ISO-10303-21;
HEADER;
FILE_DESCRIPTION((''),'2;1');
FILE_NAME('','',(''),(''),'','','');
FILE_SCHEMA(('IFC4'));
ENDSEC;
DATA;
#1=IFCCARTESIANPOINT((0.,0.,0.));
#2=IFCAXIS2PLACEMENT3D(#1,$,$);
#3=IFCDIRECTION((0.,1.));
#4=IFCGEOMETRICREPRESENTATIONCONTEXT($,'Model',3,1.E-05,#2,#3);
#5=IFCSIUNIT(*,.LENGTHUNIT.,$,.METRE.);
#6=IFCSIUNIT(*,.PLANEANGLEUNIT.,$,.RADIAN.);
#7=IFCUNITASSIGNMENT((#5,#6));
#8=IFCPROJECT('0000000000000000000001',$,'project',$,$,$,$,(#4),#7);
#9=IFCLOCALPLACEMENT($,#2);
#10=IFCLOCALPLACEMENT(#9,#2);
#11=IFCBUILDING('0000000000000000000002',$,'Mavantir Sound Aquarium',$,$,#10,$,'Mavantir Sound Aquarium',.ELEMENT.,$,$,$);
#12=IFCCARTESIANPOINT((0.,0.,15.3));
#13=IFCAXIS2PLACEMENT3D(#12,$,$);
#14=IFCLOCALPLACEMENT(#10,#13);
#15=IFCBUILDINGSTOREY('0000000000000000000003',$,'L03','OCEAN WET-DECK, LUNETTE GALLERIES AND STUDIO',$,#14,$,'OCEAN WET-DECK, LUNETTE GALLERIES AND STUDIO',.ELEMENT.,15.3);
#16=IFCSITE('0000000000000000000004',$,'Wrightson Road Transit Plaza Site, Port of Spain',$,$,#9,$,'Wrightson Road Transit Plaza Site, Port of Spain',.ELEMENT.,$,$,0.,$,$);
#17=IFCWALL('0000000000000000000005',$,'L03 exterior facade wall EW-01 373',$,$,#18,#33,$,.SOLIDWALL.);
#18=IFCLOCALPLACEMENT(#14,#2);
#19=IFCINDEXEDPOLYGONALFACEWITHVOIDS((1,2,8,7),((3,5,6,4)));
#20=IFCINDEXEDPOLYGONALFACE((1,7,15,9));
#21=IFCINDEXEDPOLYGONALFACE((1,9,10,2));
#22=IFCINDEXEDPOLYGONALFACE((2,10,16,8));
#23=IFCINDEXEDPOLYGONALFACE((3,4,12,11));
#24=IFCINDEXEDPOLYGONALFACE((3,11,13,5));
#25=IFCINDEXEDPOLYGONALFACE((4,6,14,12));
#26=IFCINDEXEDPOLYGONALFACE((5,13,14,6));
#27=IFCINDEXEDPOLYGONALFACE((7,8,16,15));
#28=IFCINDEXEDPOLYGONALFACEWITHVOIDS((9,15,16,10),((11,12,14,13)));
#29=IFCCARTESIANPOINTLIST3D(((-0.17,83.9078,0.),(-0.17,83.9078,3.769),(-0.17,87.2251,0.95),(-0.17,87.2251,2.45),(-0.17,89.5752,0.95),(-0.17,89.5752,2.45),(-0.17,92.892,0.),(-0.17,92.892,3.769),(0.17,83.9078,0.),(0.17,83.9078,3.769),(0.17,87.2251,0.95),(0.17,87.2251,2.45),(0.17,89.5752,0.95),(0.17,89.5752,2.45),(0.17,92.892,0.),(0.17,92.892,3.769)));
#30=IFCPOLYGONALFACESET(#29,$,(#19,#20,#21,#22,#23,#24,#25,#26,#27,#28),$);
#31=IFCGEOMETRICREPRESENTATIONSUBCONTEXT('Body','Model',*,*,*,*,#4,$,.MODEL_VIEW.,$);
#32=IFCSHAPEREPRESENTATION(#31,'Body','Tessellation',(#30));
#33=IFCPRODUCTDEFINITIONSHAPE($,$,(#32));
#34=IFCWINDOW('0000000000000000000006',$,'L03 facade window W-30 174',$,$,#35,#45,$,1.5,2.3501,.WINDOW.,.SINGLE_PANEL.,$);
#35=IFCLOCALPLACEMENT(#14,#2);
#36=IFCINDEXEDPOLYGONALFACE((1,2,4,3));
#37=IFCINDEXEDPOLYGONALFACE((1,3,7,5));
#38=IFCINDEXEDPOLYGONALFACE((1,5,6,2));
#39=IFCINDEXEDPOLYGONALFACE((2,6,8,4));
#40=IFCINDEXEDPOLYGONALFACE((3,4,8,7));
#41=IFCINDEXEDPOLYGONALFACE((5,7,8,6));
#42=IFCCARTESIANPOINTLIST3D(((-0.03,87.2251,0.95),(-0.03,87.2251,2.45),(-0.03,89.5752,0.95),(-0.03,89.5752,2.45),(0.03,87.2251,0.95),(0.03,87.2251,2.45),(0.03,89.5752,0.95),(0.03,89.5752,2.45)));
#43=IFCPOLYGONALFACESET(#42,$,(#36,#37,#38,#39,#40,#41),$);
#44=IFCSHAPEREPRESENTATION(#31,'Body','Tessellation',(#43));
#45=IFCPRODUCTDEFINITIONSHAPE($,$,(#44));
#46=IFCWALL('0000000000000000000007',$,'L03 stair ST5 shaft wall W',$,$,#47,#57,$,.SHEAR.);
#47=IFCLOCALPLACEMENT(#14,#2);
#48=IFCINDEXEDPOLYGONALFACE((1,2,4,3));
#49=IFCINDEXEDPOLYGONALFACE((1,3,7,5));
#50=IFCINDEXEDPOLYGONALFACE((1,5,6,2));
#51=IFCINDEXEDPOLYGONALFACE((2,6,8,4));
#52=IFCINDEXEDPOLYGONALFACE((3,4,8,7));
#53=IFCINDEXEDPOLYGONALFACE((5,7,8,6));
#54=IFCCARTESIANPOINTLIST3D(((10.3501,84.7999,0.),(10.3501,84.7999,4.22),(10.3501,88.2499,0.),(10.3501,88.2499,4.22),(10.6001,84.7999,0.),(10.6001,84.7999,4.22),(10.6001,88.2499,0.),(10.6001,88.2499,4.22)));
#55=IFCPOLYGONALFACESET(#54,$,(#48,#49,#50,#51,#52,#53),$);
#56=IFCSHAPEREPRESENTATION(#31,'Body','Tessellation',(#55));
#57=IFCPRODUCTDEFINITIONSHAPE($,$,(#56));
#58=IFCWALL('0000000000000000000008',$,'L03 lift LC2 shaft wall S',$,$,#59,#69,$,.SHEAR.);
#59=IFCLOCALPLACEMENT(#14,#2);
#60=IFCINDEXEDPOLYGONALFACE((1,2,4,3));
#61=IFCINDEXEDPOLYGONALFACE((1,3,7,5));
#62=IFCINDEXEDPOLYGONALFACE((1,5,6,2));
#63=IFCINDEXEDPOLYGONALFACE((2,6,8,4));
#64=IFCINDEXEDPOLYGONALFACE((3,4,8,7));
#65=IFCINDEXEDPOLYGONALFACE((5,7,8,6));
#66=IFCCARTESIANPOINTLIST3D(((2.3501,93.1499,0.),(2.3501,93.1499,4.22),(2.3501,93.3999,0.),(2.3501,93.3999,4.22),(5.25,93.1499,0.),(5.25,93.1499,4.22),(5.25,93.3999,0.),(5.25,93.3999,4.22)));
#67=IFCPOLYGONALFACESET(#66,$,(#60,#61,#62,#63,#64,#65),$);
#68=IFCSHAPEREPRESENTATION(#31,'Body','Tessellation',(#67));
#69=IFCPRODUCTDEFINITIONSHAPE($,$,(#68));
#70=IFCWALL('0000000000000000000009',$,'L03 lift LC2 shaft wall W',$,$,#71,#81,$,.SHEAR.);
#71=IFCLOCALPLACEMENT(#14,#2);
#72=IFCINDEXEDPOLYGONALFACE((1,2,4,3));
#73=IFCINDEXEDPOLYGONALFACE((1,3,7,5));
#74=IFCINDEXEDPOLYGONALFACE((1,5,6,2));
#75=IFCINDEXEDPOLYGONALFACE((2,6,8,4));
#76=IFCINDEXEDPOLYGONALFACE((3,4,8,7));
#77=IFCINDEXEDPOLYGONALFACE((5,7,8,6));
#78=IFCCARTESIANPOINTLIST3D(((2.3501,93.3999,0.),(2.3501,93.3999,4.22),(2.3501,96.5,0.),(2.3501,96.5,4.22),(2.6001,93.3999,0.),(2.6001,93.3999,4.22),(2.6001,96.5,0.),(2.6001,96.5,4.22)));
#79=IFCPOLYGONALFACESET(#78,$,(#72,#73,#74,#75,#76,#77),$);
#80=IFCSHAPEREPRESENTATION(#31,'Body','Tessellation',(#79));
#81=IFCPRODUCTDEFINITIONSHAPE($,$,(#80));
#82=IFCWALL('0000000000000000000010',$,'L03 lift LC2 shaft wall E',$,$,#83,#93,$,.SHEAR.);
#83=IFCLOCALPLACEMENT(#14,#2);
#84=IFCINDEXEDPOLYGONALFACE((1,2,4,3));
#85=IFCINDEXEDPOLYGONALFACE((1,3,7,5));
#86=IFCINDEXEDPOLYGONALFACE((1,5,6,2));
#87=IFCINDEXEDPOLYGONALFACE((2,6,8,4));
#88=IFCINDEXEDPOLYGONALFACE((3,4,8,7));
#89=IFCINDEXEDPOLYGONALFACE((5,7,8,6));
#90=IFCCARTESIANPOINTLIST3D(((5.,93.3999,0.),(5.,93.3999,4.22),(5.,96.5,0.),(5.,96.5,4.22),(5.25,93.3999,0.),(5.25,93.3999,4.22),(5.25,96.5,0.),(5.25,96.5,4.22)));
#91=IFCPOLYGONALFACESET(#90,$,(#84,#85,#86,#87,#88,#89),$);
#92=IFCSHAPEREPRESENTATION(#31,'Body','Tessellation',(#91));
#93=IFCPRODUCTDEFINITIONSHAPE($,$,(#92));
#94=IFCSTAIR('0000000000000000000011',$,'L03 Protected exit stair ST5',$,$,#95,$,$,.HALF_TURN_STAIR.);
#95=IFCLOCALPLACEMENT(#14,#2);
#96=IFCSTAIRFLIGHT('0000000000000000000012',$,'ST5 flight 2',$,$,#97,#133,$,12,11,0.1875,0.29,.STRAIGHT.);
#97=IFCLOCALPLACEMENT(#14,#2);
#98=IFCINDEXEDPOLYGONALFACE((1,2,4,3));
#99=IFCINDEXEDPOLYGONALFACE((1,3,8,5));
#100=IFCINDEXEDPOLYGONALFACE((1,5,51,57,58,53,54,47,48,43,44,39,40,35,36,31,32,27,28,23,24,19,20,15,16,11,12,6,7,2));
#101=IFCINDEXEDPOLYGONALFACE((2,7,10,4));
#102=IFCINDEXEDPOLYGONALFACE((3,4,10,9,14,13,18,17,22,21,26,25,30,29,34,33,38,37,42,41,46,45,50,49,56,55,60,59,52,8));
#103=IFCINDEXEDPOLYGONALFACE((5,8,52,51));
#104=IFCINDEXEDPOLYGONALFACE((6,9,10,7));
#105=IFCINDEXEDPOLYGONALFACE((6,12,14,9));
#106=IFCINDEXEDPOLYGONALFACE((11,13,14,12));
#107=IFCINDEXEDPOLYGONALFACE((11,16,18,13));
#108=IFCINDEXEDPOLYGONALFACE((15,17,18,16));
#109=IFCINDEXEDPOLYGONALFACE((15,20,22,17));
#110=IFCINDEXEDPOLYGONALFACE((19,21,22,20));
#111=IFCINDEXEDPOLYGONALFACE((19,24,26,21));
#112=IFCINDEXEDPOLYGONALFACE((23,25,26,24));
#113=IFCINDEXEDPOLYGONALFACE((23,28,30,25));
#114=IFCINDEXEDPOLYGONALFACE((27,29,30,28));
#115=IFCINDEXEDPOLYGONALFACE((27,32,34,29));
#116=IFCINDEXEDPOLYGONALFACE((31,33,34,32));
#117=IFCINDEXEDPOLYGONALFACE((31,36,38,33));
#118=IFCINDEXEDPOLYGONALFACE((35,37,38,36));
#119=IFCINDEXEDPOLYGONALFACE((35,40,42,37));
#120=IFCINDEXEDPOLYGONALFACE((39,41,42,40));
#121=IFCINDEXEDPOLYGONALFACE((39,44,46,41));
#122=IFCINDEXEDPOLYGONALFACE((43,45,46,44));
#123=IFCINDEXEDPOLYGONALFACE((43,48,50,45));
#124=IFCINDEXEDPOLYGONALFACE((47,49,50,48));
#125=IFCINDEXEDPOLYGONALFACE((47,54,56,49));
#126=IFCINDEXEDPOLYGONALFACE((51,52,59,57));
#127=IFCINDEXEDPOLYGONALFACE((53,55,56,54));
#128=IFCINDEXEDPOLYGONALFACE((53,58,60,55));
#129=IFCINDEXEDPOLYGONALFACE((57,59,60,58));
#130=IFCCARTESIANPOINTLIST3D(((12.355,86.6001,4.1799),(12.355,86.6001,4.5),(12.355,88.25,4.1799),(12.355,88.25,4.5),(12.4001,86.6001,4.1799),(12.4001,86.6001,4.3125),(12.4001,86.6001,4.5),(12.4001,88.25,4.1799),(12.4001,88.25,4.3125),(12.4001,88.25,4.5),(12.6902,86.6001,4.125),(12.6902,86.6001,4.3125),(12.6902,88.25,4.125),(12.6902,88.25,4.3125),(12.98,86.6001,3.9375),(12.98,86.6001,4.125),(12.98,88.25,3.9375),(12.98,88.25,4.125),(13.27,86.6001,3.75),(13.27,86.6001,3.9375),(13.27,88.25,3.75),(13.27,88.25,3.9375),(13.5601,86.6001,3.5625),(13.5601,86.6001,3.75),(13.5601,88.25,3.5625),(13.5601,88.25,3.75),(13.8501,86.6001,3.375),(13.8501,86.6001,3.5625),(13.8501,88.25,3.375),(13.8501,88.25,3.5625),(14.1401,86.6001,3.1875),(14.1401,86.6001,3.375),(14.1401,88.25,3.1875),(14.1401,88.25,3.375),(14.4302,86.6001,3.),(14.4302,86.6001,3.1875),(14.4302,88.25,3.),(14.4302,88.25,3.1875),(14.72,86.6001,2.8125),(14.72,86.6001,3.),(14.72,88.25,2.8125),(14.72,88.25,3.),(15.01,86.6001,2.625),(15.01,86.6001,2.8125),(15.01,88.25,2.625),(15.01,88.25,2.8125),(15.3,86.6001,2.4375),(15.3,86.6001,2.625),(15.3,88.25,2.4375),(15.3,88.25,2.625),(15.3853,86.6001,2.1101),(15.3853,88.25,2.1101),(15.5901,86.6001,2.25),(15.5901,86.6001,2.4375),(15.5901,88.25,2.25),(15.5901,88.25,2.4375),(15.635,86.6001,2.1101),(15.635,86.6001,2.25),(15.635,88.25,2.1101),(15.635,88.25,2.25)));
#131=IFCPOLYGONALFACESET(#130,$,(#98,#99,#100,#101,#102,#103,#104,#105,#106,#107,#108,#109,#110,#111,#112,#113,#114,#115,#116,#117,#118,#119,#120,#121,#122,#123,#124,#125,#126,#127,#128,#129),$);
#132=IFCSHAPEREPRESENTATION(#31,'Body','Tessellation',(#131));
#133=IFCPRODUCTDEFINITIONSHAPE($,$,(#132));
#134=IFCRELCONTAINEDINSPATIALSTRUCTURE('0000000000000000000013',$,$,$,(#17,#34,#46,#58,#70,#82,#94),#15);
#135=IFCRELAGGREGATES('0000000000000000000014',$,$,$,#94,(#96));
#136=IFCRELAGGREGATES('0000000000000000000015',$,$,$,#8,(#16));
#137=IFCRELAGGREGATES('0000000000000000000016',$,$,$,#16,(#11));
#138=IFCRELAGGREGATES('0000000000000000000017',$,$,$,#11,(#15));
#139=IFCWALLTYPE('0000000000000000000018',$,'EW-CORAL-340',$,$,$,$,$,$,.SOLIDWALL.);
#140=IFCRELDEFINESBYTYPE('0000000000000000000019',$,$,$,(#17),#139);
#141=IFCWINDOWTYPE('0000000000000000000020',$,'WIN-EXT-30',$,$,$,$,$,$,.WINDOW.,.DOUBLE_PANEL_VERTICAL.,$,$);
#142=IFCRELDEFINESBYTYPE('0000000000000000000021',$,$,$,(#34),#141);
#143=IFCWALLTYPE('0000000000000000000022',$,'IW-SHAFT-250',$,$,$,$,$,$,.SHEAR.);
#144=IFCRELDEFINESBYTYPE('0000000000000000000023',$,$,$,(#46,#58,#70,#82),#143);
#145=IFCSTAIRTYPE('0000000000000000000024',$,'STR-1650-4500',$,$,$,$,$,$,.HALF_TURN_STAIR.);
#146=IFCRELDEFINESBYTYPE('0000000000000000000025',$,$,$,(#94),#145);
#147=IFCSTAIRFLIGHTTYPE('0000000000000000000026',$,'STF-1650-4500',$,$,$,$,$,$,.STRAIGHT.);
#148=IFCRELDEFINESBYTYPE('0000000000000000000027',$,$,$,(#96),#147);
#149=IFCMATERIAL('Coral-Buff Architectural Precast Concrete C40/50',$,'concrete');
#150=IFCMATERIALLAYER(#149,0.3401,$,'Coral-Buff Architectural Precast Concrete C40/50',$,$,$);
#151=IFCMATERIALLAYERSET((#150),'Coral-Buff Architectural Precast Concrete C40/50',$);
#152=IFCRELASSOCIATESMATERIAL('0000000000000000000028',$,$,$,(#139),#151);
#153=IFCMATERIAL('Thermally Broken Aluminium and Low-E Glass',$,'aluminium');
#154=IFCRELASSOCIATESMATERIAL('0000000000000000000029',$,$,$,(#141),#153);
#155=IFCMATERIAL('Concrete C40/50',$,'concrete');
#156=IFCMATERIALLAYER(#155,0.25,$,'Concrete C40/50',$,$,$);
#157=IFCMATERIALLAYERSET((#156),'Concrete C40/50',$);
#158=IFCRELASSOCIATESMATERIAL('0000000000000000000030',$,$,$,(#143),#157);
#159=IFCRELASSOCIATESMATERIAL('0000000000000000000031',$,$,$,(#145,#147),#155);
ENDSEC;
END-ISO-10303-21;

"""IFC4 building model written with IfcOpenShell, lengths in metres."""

from ifc_helpers import new_model, si_unit, direction, frame, frame_2d, origin, place, context, subcontext, project, spatial, polyline, rectangle, outline, extrude, material, layer, layer_set, type_object, element, fill, aggregate, save


model = new_model("IFC4")

# Units and contexts
model_context = context("Model", 3, precision=1e-05, world=origin(), true_north=direction((0.0, 1.0)))
body_context = subcontext(model_context, "Body", "Model", "MODEL_VIEW")
ifc_project = project(units=[si_unit("LENGTHUNIT", "METRE"), si_unit("PLANEANGLEUNIT", "RADIAN")], contexts=[model_context])

# Site, building, storey
site_placement = place(None, origin())
site = spatial("IfcSite", under=ifc_project, at=site_placement, Name="Wrightson Road Transit Plaza Site, Port of Spain", LongName="Wrightson Road Transit Plaza Site, Port of Spain", CompositionType="ELEMENT", RefElevation=0.0)
building_placement = place(site_placement, origin())
building = spatial("IfcBuilding", under=site, at=building_placement, Name="Mavantir Sound Aquarium", LongName="Mavantir Sound Aquarium", CompositionType="ELEMENT")
storey_placement = place(building_placement, frame((0.0, 0.0, 15.3)))
storey = spatial("IfcBuildingStorey", under=building, at=storey_placement, Name="L03", Description="OCEAN WET-DECK, LUNETTE GALLERIES AND STUDIO", LongName="OCEAN WET-DECK, LUNETTE GALLERIES AND STUDIO", CompositionType="ELEMENT", Elevation=15.3)

# Shared definitions
ifc_material_1 = material(Name="Concrete C40/50", Category="concrete")

# Wall, opening, window
ifc_material_2 = material(Name="Coral-Buff Architectural Precast Concrete C40/50", Category="concrete")
ifc_layer_1 = layer(ifc_material_2, 0.3401, Name="Coral-Buff Architectural Precast Concrete C40/50")
ifc_layer_set_1 = layer_set([ifc_layer_1], Name="Coral-Buff Architectural Precast Concrete C40/50")
wall_type_1 = type_object("IfcWallType", Name="EW-CORAL-340", PredefinedType="SOLIDWALL", material=ifc_layer_set_1)
wall_1_placement = place(storey_placement, frame((0.0, 92.8921, 0.0), z_axis=(0.0, 0.0, 1.0), x_axis=(0.0, -1.0, 0.0)))
wall_1 = element("IfcWall", 1, at=wall_1_placement, inside=storey, type_object=wall_type_1, Name="L03 exterior facade wall EW-01 373", PredefinedType="SOLIDWALL", context=body_context, shape_type="SweptSolid", body=[
    extrude(rectangle(XDim=8.9841, YDim=0.3401, at=frame_2d((4.4922, 0.0))), origin(), (0.0, 0.0, 1.0), 3.769),
])
opening_placement = place(wall_1_placement, frame((3.3169, 0.0, 0.95)))
opening = element("IfcOpeningElement", 2, at=opening_placement, cuts=wall_1, PredefinedType="OPENING", context=body_context, shape_type="SweptSolid", body=[
    extrude(rectangle(XDim=2.3501, YDim=1.5, at=frame_2d((1.175, 0.75))), frame((0.0, 0.1802, 0.0), z_axis=(0.0, -1.0, 0.0), x_axis=(1.0, 0.0, 0.0)), (0.0, 0.0, 1.0), 0.3601),
])
ifc_material_3 = material(Name="Thermally Broken Aluminium and Low-E Glass", Category="aluminium")
window_type = type_object("IfcWindowType", Name="WIN-EXT-30", PartitioningType="DOUBLE_PANEL_VERTICAL", PredefinedType="WINDOW", material=ifc_material_3)
window_placement = place(opening_placement, origin())
window = element("IfcWindow", 3, at=window_placement, inside=storey, type_object=window_type, Name="L03 facade window W-30 174", OverallHeight=1.5, OverallWidth=2.3501, PartitioningType="SINGLE_PANEL", PredefinedType="WINDOW", context=body_context, shape_type="SweptSolid", body=[
    extrude(rectangle(XDim=2.3501, YDim=1.5, at=frame_2d((1.175, 0.75))), frame((0.0, 0.03, 0.0), z_axis=(0.0, -1.0, 0.0), x_axis=(1.0, 0.0, 0.0)), (0.0, 0.0, 1.0), 0.0601),
])
fill(opening, window)

# Walls
ifc_layer_2 = layer(ifc_material_1, 0.25, Name="Concrete C40/50")
ifc_layer_set_2 = layer_set([ifc_layer_2], Name="Concrete C40/50")
wall_type_2 = type_object("IfcWallType", Name="IW-SHAFT-250", PredefinedType="SHEAR", material=ifc_layer_set_2)
wall_2_placement = place(storey_placement, frame((10.4751, 88.25, 0.0), z_axis=(0.0, 0.0, 1.0), x_axis=(0.0, -1.0, 0.0)))
element("IfcWall", 4, at=wall_2_placement, inside=storey, type_object=wall_type_2, Name="L03 stair ST5 shaft wall W", PredefinedType="SHEAR", context=body_context, shape_type="SweptSolid", body=[
    extrude(rectangle(XDim=3.45, YDim=0.25, at=frame_2d((1.7251, 0.0))), origin(), (0.0, 0.0, 1.0), 4.22),
])
wall_3_placement = place(storey_placement, frame((2.3501, 93.2749, 0.0), z_axis=(0.0, 0.0, 1.0), x_axis=(1.0, 0.0, 0.0)))
element("IfcWall", 5, at=wall_3_placement, inside=storey, type_object=wall_type_2, Name="L03 lift LC2 shaft wall S", PredefinedType="SHEAR", context=body_context, shape_type="SweptSolid", body=[
    extrude(rectangle(XDim=2.8999, YDim=0.25, at=frame_2d((1.45, 0.0))), origin(), (0.0, 0.0, 1.0), 4.22),
])
for number, where, z_axis, x_axis, name in (
    (6, (2.4751, 93.3999, 0.0), (0.0, 0.0, 1.0), (0.0, 1.0, 0.0), "L03 lift LC2 shaft wall W"),
    (7, (5.125, 93.3999, 0.0), (0.0, 0.0, 1.0), (0.0, 1.0, 0.0), "L03 lift LC2 shaft wall E"),
):
    element("IfcWall", number, at=place(storey_placement, frame(where, z_axis=z_axis, x_axis=x_axis)), inside=storey, type_object=wall_type_2, Name=name, PredefinedType="SHEAR", context=body_context, shape_type="SweptSolid", body=[
        extrude(rectangle(XDim=3.1001, YDim=0.25, at=frame_2d((1.55, 0.0))), origin(), (0.0, 0.0, 1.0), 4.22),
    ])

# Stair, stair flight
stair_type = type_object("IfcStairType", Name="STR-1650-4500", PredefinedType="HALF_TURN_STAIR", material=ifc_material_1)
stair_placement = place(storey_placement, origin())
stair = element("IfcStair", 8, at=stair_placement, inside=storey, type_object=stair_type, Name="L03 Protected exit stair ST5", PredefinedType="HALF_TURN_STAIR")
stair_flight_type = type_object("IfcStairFlightType", Name="STF-1650-4500", PredefinedType="STRAIGHT", material=ifc_material_1)
stair_flight_placement = place(storey_placement, frame((15.5901, 87.425, 2.25), z_axis=(0.0, 0.0, 1.0), x_axis=(-1.0, 0.0, 0.0)))
stair_flight = element("IfcStairFlight", 9, at=stair_flight_placement, type_object=stair_flight_type, Name="ST5 flight 2", NumberOfRisers=12, NumberOfTreads=11, PredefinedType="STRAIGHT", RiserHeight=0.1875, TreadLength=0.29, context=body_context, shape_type="SweptSolid", body=[
    extrude(outline(polyline([(-0.0449, -0.1399), (-0.0449, 0.0), (0.0, 0.0), (0.0, 0.1875), (0.29, 0.1875), (0.29, 0.375), (0.5801, 0.375), (0.5801, 0.5625), (0.8701, 0.5625), (0.8701, 0.75), (1.1599, 0.75), (1.1599, 0.9375), (1.45, 0.9375), (1.45, 1.125), (1.74, 1.125), (1.74, 1.3125), (2.03, 1.3125), (2.03, 1.5), (2.3201, 1.5), (2.3201, 1.6875), (2.6101, 1.6875), (2.6101, 1.875), (2.8999, 1.875), (2.8999, 2.0625), (3.1899, 2.0625), (3.1899, 2.25), (3.2351, 2.25), (3.2351, 1.9299), (3.1899, 1.9299), (0.2048, -0.1399), (-0.0449, -0.1399)])), frame((0.0, 0.825, 0.0), z_axis=(0.0, -1.0, 0.0), x_axis=(1.0, 0.0, 0.0)), (0.0, 0.0, 1.0), 1.6499),
])
aggregate(stair, [stair_flight])

save(model, "model.ifc")
